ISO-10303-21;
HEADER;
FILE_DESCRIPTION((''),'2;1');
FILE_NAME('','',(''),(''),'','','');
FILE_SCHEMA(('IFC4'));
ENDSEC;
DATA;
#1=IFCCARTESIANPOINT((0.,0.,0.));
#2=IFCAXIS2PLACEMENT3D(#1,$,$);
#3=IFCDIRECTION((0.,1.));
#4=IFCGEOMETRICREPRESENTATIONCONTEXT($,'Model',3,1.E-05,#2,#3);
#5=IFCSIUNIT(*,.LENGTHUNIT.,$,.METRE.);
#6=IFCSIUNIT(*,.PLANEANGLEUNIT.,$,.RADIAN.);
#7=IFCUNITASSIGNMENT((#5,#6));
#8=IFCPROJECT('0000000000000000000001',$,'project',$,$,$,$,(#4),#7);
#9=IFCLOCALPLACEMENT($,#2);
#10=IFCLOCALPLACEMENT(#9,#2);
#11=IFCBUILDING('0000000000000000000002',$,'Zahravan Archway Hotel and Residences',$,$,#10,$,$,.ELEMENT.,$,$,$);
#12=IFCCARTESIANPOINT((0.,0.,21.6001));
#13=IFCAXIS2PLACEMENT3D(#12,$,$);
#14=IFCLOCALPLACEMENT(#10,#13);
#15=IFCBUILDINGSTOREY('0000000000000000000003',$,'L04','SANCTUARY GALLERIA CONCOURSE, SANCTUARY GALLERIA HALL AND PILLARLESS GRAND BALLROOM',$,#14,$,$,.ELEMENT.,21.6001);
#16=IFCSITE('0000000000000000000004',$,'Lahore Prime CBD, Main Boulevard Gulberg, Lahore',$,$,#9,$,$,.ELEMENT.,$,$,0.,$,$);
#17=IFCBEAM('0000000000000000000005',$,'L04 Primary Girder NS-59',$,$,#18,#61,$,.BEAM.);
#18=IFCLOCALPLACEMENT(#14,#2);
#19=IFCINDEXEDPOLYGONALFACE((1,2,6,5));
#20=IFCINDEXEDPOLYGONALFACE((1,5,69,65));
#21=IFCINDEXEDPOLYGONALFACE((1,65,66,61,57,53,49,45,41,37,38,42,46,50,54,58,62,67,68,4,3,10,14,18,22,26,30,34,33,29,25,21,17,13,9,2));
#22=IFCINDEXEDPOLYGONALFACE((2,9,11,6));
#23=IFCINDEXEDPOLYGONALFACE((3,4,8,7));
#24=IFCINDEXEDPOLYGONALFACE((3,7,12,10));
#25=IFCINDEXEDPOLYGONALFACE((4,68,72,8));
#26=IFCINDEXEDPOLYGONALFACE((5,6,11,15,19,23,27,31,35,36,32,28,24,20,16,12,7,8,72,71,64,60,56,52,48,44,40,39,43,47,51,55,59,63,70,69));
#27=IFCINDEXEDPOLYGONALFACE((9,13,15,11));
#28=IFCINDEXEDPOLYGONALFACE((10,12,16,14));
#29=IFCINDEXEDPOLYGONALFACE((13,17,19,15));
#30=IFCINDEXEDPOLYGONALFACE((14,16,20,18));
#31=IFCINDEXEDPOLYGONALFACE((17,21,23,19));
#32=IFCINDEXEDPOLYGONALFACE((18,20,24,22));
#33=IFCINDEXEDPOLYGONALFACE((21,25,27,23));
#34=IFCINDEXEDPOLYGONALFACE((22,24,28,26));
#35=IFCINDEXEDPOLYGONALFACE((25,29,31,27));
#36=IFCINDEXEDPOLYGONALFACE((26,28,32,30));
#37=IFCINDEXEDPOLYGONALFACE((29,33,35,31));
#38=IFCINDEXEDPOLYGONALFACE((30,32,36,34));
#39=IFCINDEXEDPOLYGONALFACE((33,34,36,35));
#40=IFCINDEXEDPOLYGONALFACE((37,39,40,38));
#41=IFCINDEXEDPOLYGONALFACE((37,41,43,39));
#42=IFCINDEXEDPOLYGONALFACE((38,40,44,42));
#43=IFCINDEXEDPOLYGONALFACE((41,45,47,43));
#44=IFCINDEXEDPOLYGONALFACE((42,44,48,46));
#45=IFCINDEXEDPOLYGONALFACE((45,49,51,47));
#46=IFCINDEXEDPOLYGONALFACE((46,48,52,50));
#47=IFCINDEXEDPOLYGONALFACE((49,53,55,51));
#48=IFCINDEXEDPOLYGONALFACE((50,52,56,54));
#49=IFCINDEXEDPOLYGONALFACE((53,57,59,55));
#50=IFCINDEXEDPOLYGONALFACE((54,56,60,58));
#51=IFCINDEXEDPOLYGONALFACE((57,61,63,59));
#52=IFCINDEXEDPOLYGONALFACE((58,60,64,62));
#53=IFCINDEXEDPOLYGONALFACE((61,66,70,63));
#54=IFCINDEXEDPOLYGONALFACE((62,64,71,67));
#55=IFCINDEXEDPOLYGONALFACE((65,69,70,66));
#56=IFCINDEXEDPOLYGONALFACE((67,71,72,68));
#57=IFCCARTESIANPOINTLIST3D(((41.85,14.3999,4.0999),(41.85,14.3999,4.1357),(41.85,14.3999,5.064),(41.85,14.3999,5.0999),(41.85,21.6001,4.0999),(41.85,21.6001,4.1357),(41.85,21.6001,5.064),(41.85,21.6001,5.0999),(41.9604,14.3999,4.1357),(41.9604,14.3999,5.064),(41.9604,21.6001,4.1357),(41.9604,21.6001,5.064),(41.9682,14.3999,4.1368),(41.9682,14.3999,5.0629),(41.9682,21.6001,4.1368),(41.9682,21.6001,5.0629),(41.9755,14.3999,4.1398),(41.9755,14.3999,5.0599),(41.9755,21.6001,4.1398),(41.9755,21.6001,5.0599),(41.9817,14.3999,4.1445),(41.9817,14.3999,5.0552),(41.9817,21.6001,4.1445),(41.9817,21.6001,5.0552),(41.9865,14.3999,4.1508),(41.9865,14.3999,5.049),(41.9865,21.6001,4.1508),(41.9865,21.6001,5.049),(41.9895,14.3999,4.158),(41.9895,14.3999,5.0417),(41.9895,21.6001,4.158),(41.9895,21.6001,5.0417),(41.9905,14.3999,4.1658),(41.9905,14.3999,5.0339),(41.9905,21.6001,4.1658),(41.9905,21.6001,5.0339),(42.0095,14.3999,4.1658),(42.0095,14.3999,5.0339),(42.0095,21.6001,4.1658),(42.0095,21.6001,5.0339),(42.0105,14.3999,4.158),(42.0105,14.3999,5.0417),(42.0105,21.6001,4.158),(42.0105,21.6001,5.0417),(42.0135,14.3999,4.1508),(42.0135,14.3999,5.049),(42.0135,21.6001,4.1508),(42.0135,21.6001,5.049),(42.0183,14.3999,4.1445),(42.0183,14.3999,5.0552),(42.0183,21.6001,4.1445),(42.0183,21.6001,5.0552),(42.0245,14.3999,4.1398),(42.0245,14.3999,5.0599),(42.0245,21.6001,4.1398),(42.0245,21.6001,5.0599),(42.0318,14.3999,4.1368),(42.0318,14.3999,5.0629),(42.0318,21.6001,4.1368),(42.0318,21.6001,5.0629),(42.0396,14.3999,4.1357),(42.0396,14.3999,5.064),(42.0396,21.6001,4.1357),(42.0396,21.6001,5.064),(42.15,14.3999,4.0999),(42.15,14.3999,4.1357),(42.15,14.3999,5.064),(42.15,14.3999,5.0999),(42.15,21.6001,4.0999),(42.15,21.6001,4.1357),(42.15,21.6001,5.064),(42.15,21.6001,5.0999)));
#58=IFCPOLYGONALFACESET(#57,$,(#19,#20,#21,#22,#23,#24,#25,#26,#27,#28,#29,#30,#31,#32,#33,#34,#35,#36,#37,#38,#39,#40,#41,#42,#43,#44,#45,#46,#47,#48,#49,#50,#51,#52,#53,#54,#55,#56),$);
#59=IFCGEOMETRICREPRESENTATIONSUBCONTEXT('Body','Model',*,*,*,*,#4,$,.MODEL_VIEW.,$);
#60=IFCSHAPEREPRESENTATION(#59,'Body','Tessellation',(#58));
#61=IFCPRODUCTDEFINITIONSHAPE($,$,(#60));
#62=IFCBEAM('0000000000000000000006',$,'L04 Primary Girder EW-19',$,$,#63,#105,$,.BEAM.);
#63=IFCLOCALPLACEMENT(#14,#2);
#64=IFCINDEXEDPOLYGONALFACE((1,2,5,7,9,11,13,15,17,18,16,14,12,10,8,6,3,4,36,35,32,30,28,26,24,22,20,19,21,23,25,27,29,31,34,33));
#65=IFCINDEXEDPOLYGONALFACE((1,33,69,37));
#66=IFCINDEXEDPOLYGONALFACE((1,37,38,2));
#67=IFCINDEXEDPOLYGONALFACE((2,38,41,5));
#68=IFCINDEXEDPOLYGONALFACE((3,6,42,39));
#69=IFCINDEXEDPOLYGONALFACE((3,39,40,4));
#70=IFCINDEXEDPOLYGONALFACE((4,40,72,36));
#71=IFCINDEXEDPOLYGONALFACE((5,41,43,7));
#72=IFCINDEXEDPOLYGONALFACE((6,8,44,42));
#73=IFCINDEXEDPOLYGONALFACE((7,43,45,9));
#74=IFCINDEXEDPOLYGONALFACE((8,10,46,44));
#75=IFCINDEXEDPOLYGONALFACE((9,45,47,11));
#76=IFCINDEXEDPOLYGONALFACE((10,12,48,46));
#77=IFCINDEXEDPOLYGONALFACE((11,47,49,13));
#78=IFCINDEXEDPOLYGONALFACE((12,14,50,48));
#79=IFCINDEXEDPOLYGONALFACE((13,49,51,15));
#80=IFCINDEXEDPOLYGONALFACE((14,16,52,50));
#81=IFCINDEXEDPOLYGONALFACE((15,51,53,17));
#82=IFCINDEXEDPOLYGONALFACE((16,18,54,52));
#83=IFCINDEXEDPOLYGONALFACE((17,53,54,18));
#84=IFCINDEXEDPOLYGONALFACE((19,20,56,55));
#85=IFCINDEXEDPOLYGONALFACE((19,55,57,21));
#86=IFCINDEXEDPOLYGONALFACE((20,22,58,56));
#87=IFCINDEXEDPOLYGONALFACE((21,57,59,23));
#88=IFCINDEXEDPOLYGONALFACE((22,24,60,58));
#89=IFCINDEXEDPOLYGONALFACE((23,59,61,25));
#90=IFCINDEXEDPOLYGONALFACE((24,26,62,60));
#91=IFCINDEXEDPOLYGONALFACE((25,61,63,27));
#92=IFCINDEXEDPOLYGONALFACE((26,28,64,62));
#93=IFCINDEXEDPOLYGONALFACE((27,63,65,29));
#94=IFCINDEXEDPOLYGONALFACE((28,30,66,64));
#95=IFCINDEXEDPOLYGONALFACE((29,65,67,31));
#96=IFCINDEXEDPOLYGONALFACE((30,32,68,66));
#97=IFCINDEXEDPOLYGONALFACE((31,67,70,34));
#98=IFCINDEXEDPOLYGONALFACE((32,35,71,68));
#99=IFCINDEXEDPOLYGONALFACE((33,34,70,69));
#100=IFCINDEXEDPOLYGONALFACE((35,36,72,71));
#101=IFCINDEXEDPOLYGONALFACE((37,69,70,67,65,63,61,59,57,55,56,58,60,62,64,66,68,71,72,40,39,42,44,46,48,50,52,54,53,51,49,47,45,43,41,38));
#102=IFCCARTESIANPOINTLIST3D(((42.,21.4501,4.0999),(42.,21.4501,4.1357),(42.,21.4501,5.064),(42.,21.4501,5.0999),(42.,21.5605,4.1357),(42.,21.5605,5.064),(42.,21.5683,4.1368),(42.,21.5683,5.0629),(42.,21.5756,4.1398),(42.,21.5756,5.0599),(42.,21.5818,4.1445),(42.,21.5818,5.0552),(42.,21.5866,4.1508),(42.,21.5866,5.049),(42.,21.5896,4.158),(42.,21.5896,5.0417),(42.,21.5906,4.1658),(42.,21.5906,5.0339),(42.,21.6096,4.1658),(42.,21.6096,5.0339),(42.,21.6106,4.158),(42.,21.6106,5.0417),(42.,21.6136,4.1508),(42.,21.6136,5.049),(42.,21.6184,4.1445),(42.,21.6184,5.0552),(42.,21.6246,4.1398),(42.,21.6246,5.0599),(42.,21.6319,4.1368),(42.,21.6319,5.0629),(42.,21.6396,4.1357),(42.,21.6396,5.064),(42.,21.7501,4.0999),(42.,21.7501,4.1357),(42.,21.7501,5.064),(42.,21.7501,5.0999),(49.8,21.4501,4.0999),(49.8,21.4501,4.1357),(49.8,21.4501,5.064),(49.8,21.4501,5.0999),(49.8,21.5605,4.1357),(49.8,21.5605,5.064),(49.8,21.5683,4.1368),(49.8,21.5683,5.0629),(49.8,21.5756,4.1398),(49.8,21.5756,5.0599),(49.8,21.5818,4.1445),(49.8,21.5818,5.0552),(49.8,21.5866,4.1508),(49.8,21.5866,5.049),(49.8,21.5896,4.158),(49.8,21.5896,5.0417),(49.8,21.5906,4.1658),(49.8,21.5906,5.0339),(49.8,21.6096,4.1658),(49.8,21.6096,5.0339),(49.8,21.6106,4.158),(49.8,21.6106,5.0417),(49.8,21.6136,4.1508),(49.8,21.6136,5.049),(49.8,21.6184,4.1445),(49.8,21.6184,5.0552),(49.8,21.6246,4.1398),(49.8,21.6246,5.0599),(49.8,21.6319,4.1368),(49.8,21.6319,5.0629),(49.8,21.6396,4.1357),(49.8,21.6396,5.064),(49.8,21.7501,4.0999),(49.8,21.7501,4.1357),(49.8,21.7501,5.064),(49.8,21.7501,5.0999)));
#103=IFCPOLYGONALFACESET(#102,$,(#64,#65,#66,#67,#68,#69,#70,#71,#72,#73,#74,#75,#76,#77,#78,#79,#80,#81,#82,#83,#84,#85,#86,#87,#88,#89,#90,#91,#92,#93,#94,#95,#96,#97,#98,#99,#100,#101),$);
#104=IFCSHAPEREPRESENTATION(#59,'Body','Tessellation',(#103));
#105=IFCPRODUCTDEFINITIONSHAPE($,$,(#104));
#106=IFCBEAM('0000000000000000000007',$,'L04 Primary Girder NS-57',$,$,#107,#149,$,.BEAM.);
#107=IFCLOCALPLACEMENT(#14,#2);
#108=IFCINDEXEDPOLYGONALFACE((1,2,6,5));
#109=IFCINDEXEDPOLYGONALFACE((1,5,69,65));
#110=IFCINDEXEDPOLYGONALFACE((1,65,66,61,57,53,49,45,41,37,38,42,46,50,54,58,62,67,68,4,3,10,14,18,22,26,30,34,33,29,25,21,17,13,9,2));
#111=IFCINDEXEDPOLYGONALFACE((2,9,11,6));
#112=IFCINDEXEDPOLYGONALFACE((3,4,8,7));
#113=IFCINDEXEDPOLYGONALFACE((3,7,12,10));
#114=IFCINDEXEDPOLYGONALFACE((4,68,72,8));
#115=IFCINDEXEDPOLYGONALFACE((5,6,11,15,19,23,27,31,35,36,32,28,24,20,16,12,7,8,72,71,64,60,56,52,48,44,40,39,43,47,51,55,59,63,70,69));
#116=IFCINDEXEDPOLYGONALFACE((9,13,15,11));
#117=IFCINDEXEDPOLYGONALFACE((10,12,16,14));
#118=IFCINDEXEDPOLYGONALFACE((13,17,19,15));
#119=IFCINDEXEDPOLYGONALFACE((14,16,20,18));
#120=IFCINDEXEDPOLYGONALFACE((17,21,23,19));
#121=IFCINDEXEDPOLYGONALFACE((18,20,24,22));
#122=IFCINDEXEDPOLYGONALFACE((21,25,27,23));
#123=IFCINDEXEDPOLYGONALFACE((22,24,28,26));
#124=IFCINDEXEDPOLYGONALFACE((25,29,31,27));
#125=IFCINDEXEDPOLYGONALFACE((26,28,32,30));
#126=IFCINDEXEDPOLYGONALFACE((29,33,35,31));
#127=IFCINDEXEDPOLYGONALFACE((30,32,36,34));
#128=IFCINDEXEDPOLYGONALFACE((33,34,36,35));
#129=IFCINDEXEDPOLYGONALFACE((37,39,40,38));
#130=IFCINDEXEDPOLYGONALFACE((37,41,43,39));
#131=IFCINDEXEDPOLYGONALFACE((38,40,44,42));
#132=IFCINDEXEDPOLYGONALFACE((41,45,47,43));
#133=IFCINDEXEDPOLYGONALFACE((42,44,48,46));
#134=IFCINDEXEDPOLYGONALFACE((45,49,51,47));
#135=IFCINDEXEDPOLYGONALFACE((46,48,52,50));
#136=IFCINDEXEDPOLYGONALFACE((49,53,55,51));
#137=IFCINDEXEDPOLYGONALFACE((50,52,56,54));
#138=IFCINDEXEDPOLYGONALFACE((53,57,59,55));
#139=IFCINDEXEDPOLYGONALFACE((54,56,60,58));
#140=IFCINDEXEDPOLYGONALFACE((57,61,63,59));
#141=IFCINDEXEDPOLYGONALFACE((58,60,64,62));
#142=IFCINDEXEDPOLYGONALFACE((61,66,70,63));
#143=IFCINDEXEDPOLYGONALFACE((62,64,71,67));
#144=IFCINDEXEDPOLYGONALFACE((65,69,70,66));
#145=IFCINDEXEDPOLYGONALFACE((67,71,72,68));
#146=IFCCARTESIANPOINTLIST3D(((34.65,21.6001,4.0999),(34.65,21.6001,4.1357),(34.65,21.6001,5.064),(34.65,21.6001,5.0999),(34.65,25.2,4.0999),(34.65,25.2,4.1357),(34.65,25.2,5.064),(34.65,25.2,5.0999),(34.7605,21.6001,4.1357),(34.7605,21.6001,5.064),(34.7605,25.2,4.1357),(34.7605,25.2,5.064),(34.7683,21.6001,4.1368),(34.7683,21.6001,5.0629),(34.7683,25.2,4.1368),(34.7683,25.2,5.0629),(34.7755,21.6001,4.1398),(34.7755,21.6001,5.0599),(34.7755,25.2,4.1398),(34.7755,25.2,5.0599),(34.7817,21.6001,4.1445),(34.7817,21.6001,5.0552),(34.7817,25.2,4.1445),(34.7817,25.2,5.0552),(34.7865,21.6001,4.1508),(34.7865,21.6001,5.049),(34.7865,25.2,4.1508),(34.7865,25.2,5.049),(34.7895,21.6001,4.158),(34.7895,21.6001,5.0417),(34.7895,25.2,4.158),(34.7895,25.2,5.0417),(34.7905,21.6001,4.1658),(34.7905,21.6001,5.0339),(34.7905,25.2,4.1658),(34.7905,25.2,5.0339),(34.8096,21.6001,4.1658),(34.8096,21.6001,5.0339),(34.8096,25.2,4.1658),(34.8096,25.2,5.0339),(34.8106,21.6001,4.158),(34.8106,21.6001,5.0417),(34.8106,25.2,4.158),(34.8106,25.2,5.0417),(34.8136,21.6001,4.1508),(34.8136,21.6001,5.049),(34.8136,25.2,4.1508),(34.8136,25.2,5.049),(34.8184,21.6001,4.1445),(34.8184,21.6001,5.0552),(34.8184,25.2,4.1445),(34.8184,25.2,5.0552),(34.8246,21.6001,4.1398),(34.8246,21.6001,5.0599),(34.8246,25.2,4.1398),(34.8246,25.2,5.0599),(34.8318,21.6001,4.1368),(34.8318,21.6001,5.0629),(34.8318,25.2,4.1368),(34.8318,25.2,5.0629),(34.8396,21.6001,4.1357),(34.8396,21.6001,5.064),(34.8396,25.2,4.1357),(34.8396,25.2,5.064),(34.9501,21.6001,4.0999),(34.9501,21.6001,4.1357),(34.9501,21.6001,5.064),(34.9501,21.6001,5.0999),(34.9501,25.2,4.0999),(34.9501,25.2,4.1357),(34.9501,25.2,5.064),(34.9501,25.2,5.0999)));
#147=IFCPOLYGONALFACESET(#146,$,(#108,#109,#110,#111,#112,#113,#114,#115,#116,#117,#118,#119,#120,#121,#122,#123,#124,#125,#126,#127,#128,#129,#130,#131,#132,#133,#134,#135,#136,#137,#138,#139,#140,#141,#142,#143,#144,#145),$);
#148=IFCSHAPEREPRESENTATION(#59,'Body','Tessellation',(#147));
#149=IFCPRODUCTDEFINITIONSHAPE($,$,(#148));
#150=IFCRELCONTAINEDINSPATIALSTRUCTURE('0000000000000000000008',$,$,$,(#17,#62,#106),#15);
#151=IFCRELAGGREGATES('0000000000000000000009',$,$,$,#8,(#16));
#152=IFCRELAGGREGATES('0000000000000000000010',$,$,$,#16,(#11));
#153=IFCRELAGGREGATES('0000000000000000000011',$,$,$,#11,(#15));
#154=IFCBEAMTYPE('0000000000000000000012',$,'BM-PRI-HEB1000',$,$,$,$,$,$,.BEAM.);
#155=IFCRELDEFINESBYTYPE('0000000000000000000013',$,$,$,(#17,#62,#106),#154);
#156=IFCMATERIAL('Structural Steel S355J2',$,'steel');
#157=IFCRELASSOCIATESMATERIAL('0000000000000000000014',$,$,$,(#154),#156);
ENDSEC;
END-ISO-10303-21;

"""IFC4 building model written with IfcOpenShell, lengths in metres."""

from ifc_helpers import new_model, si_unit, direction, frame, origin, origin_2d, place, context, subcontext, project, spatial, i_section, extrude, source, transform, mapped, material, material_profile, profile_set, type_object, element, save


model = new_model("IFC4")

# Units and contexts
model_context = context("Model", 3, precision=1e-05, world=origin(), true_north=direction((0.0, 1.0)))
body_context = subcontext(model_context, "Body", "Model", "MODEL_VIEW")
ifc_project = project(units=[si_unit("LENGTHUNIT", "METRE"), si_unit("PLANEANGLEUNIT", "RADIAN")], contexts=[model_context])

# Site, building, storey
site_placement = place(None, origin())
site = spatial("IfcSite", under=ifc_project, at=site_placement, Name="Lahore Prime CBD, Main Boulevard Gulberg, Lahore", CompositionType="ELEMENT", RefElevation=0.0)
building_placement = place(site_placement, origin())
building = spatial("IfcBuilding", under=site, at=building_placement, Name="Zahravan Archway Hotel and Residences", CompositionType="ELEMENT")
storey_placement = place(building_placement, frame((0.0, 0.0, 21.6001)))
storey = spatial("IfcBuildingStorey", under=building, at=storey_placement, Name="L04", Description="SANCTUARY GALLERIA CONCOURSE, SANCTUARY GALLERIA HALL AND PILLARLESS GRAND BALLROOM", CompositionType="ELEMENT", Elevation=21.6001)

# Beams
ifc_material_1 = material(Name="Structural Steel S355J2", Category="steel")
ifc_material_profile_1 = material_profile(ifc_material_1, i_section(OverallWidth=0.3, OverallDepth=1.0, WebThickness=0.019, FlangeThickness=0.0359, FilletRadius=0.03, at=origin_2d()), Name="HEB 1000", Category="steel")
ifc_profile_set_1 = profile_set([ifc_material_profile_1], Name="Structural Steel S355J2")
beam_type = type_object("IfcBeamType", Name="BM-PRI-HEB1000", PredefinedType="BEAM", material=ifc_profile_set_1)
shared_shape_1 = source(origin(), body_context, "Body", "SweptSolid", [
    extrude(i_section(OverallWidth=0.3, OverallDepth=1.0, WebThickness=0.019, FlangeThickness=0.0359, FilletRadius=0.03, at=origin_2d()), origin(), (0.0, 0.0, 1.0), 7.2002),
])
for number, where, z_axis, x_axis, name in (
    (1, (42.0, 14.3999, 4.5999), (0.0, 1.0, 0.0), (-1.0, 0.0, 0.0), "L04 Primary Girder NS-59"),
):
    element("IfcBeam", number, at=place(storey_placement, frame(where, z_axis=z_axis, x_axis=x_axis)), inside=storey, type_object=beam_type, Name=name, PredefinedType="BEAM", context=body_context, shape_type="MappedRepresentation", body=[
        mapped(shared_shape_1, transform((0.0, 0.0, 0.0), scale=1.0)),
    ])
shared_shape_2 = source(origin(), body_context, "Body", "SweptSolid", [
    extrude(i_section(OverallWidth=0.3, OverallDepth=1.0, WebThickness=0.019, FlangeThickness=0.0359, FilletRadius=0.03, at=origin_2d()), origin(), (0.0, 0.0, 1.0), 7.8),
])
beam_1_placement = place(storey_placement, frame((42.0, 21.6001, 4.5999), z_axis=(1.0, 0.0, 0.0), x_axis=(0.0, 1.0, 0.0)))
element("IfcBeam", 2, at=beam_1_placement, inside=storey, type_object=beam_type, Name="L04 Primary Girder EW-19", PredefinedType="BEAM", context=body_context, shape_type="MappedRepresentation", body=[
    mapped(shared_shape_2, transform((0.0, 0.0, 0.0), scale=1.0)),
])
shared_shape_3 = source(origin(), body_context, "Body", "SweptSolid", [
    extrude(i_section(OverallWidth=0.3, OverallDepth=1.0, WebThickness=0.019, FlangeThickness=0.0359, FilletRadius=0.03, at=origin_2d()), origin(), (0.0, 0.0, 1.0), 3.5999),
])
beam_2_placement = place(storey_placement, frame((34.8, 21.6001, 4.5999), z_axis=(0.0, 1.0, 0.0), x_axis=(-1.0, 0.0, 0.0)))
element("IfcBeam", 3, at=beam_2_placement, inside=storey, type_object=beam_type, Name="L04 Primary Girder NS-57", PredefinedType="BEAM", context=body_context, shape_type="MappedRepresentation", body=[
    mapped(shared_shape_3, transform((0.0, 0.0, 0.0), scale=1.0)),
])

save(model, "model.ifc")
